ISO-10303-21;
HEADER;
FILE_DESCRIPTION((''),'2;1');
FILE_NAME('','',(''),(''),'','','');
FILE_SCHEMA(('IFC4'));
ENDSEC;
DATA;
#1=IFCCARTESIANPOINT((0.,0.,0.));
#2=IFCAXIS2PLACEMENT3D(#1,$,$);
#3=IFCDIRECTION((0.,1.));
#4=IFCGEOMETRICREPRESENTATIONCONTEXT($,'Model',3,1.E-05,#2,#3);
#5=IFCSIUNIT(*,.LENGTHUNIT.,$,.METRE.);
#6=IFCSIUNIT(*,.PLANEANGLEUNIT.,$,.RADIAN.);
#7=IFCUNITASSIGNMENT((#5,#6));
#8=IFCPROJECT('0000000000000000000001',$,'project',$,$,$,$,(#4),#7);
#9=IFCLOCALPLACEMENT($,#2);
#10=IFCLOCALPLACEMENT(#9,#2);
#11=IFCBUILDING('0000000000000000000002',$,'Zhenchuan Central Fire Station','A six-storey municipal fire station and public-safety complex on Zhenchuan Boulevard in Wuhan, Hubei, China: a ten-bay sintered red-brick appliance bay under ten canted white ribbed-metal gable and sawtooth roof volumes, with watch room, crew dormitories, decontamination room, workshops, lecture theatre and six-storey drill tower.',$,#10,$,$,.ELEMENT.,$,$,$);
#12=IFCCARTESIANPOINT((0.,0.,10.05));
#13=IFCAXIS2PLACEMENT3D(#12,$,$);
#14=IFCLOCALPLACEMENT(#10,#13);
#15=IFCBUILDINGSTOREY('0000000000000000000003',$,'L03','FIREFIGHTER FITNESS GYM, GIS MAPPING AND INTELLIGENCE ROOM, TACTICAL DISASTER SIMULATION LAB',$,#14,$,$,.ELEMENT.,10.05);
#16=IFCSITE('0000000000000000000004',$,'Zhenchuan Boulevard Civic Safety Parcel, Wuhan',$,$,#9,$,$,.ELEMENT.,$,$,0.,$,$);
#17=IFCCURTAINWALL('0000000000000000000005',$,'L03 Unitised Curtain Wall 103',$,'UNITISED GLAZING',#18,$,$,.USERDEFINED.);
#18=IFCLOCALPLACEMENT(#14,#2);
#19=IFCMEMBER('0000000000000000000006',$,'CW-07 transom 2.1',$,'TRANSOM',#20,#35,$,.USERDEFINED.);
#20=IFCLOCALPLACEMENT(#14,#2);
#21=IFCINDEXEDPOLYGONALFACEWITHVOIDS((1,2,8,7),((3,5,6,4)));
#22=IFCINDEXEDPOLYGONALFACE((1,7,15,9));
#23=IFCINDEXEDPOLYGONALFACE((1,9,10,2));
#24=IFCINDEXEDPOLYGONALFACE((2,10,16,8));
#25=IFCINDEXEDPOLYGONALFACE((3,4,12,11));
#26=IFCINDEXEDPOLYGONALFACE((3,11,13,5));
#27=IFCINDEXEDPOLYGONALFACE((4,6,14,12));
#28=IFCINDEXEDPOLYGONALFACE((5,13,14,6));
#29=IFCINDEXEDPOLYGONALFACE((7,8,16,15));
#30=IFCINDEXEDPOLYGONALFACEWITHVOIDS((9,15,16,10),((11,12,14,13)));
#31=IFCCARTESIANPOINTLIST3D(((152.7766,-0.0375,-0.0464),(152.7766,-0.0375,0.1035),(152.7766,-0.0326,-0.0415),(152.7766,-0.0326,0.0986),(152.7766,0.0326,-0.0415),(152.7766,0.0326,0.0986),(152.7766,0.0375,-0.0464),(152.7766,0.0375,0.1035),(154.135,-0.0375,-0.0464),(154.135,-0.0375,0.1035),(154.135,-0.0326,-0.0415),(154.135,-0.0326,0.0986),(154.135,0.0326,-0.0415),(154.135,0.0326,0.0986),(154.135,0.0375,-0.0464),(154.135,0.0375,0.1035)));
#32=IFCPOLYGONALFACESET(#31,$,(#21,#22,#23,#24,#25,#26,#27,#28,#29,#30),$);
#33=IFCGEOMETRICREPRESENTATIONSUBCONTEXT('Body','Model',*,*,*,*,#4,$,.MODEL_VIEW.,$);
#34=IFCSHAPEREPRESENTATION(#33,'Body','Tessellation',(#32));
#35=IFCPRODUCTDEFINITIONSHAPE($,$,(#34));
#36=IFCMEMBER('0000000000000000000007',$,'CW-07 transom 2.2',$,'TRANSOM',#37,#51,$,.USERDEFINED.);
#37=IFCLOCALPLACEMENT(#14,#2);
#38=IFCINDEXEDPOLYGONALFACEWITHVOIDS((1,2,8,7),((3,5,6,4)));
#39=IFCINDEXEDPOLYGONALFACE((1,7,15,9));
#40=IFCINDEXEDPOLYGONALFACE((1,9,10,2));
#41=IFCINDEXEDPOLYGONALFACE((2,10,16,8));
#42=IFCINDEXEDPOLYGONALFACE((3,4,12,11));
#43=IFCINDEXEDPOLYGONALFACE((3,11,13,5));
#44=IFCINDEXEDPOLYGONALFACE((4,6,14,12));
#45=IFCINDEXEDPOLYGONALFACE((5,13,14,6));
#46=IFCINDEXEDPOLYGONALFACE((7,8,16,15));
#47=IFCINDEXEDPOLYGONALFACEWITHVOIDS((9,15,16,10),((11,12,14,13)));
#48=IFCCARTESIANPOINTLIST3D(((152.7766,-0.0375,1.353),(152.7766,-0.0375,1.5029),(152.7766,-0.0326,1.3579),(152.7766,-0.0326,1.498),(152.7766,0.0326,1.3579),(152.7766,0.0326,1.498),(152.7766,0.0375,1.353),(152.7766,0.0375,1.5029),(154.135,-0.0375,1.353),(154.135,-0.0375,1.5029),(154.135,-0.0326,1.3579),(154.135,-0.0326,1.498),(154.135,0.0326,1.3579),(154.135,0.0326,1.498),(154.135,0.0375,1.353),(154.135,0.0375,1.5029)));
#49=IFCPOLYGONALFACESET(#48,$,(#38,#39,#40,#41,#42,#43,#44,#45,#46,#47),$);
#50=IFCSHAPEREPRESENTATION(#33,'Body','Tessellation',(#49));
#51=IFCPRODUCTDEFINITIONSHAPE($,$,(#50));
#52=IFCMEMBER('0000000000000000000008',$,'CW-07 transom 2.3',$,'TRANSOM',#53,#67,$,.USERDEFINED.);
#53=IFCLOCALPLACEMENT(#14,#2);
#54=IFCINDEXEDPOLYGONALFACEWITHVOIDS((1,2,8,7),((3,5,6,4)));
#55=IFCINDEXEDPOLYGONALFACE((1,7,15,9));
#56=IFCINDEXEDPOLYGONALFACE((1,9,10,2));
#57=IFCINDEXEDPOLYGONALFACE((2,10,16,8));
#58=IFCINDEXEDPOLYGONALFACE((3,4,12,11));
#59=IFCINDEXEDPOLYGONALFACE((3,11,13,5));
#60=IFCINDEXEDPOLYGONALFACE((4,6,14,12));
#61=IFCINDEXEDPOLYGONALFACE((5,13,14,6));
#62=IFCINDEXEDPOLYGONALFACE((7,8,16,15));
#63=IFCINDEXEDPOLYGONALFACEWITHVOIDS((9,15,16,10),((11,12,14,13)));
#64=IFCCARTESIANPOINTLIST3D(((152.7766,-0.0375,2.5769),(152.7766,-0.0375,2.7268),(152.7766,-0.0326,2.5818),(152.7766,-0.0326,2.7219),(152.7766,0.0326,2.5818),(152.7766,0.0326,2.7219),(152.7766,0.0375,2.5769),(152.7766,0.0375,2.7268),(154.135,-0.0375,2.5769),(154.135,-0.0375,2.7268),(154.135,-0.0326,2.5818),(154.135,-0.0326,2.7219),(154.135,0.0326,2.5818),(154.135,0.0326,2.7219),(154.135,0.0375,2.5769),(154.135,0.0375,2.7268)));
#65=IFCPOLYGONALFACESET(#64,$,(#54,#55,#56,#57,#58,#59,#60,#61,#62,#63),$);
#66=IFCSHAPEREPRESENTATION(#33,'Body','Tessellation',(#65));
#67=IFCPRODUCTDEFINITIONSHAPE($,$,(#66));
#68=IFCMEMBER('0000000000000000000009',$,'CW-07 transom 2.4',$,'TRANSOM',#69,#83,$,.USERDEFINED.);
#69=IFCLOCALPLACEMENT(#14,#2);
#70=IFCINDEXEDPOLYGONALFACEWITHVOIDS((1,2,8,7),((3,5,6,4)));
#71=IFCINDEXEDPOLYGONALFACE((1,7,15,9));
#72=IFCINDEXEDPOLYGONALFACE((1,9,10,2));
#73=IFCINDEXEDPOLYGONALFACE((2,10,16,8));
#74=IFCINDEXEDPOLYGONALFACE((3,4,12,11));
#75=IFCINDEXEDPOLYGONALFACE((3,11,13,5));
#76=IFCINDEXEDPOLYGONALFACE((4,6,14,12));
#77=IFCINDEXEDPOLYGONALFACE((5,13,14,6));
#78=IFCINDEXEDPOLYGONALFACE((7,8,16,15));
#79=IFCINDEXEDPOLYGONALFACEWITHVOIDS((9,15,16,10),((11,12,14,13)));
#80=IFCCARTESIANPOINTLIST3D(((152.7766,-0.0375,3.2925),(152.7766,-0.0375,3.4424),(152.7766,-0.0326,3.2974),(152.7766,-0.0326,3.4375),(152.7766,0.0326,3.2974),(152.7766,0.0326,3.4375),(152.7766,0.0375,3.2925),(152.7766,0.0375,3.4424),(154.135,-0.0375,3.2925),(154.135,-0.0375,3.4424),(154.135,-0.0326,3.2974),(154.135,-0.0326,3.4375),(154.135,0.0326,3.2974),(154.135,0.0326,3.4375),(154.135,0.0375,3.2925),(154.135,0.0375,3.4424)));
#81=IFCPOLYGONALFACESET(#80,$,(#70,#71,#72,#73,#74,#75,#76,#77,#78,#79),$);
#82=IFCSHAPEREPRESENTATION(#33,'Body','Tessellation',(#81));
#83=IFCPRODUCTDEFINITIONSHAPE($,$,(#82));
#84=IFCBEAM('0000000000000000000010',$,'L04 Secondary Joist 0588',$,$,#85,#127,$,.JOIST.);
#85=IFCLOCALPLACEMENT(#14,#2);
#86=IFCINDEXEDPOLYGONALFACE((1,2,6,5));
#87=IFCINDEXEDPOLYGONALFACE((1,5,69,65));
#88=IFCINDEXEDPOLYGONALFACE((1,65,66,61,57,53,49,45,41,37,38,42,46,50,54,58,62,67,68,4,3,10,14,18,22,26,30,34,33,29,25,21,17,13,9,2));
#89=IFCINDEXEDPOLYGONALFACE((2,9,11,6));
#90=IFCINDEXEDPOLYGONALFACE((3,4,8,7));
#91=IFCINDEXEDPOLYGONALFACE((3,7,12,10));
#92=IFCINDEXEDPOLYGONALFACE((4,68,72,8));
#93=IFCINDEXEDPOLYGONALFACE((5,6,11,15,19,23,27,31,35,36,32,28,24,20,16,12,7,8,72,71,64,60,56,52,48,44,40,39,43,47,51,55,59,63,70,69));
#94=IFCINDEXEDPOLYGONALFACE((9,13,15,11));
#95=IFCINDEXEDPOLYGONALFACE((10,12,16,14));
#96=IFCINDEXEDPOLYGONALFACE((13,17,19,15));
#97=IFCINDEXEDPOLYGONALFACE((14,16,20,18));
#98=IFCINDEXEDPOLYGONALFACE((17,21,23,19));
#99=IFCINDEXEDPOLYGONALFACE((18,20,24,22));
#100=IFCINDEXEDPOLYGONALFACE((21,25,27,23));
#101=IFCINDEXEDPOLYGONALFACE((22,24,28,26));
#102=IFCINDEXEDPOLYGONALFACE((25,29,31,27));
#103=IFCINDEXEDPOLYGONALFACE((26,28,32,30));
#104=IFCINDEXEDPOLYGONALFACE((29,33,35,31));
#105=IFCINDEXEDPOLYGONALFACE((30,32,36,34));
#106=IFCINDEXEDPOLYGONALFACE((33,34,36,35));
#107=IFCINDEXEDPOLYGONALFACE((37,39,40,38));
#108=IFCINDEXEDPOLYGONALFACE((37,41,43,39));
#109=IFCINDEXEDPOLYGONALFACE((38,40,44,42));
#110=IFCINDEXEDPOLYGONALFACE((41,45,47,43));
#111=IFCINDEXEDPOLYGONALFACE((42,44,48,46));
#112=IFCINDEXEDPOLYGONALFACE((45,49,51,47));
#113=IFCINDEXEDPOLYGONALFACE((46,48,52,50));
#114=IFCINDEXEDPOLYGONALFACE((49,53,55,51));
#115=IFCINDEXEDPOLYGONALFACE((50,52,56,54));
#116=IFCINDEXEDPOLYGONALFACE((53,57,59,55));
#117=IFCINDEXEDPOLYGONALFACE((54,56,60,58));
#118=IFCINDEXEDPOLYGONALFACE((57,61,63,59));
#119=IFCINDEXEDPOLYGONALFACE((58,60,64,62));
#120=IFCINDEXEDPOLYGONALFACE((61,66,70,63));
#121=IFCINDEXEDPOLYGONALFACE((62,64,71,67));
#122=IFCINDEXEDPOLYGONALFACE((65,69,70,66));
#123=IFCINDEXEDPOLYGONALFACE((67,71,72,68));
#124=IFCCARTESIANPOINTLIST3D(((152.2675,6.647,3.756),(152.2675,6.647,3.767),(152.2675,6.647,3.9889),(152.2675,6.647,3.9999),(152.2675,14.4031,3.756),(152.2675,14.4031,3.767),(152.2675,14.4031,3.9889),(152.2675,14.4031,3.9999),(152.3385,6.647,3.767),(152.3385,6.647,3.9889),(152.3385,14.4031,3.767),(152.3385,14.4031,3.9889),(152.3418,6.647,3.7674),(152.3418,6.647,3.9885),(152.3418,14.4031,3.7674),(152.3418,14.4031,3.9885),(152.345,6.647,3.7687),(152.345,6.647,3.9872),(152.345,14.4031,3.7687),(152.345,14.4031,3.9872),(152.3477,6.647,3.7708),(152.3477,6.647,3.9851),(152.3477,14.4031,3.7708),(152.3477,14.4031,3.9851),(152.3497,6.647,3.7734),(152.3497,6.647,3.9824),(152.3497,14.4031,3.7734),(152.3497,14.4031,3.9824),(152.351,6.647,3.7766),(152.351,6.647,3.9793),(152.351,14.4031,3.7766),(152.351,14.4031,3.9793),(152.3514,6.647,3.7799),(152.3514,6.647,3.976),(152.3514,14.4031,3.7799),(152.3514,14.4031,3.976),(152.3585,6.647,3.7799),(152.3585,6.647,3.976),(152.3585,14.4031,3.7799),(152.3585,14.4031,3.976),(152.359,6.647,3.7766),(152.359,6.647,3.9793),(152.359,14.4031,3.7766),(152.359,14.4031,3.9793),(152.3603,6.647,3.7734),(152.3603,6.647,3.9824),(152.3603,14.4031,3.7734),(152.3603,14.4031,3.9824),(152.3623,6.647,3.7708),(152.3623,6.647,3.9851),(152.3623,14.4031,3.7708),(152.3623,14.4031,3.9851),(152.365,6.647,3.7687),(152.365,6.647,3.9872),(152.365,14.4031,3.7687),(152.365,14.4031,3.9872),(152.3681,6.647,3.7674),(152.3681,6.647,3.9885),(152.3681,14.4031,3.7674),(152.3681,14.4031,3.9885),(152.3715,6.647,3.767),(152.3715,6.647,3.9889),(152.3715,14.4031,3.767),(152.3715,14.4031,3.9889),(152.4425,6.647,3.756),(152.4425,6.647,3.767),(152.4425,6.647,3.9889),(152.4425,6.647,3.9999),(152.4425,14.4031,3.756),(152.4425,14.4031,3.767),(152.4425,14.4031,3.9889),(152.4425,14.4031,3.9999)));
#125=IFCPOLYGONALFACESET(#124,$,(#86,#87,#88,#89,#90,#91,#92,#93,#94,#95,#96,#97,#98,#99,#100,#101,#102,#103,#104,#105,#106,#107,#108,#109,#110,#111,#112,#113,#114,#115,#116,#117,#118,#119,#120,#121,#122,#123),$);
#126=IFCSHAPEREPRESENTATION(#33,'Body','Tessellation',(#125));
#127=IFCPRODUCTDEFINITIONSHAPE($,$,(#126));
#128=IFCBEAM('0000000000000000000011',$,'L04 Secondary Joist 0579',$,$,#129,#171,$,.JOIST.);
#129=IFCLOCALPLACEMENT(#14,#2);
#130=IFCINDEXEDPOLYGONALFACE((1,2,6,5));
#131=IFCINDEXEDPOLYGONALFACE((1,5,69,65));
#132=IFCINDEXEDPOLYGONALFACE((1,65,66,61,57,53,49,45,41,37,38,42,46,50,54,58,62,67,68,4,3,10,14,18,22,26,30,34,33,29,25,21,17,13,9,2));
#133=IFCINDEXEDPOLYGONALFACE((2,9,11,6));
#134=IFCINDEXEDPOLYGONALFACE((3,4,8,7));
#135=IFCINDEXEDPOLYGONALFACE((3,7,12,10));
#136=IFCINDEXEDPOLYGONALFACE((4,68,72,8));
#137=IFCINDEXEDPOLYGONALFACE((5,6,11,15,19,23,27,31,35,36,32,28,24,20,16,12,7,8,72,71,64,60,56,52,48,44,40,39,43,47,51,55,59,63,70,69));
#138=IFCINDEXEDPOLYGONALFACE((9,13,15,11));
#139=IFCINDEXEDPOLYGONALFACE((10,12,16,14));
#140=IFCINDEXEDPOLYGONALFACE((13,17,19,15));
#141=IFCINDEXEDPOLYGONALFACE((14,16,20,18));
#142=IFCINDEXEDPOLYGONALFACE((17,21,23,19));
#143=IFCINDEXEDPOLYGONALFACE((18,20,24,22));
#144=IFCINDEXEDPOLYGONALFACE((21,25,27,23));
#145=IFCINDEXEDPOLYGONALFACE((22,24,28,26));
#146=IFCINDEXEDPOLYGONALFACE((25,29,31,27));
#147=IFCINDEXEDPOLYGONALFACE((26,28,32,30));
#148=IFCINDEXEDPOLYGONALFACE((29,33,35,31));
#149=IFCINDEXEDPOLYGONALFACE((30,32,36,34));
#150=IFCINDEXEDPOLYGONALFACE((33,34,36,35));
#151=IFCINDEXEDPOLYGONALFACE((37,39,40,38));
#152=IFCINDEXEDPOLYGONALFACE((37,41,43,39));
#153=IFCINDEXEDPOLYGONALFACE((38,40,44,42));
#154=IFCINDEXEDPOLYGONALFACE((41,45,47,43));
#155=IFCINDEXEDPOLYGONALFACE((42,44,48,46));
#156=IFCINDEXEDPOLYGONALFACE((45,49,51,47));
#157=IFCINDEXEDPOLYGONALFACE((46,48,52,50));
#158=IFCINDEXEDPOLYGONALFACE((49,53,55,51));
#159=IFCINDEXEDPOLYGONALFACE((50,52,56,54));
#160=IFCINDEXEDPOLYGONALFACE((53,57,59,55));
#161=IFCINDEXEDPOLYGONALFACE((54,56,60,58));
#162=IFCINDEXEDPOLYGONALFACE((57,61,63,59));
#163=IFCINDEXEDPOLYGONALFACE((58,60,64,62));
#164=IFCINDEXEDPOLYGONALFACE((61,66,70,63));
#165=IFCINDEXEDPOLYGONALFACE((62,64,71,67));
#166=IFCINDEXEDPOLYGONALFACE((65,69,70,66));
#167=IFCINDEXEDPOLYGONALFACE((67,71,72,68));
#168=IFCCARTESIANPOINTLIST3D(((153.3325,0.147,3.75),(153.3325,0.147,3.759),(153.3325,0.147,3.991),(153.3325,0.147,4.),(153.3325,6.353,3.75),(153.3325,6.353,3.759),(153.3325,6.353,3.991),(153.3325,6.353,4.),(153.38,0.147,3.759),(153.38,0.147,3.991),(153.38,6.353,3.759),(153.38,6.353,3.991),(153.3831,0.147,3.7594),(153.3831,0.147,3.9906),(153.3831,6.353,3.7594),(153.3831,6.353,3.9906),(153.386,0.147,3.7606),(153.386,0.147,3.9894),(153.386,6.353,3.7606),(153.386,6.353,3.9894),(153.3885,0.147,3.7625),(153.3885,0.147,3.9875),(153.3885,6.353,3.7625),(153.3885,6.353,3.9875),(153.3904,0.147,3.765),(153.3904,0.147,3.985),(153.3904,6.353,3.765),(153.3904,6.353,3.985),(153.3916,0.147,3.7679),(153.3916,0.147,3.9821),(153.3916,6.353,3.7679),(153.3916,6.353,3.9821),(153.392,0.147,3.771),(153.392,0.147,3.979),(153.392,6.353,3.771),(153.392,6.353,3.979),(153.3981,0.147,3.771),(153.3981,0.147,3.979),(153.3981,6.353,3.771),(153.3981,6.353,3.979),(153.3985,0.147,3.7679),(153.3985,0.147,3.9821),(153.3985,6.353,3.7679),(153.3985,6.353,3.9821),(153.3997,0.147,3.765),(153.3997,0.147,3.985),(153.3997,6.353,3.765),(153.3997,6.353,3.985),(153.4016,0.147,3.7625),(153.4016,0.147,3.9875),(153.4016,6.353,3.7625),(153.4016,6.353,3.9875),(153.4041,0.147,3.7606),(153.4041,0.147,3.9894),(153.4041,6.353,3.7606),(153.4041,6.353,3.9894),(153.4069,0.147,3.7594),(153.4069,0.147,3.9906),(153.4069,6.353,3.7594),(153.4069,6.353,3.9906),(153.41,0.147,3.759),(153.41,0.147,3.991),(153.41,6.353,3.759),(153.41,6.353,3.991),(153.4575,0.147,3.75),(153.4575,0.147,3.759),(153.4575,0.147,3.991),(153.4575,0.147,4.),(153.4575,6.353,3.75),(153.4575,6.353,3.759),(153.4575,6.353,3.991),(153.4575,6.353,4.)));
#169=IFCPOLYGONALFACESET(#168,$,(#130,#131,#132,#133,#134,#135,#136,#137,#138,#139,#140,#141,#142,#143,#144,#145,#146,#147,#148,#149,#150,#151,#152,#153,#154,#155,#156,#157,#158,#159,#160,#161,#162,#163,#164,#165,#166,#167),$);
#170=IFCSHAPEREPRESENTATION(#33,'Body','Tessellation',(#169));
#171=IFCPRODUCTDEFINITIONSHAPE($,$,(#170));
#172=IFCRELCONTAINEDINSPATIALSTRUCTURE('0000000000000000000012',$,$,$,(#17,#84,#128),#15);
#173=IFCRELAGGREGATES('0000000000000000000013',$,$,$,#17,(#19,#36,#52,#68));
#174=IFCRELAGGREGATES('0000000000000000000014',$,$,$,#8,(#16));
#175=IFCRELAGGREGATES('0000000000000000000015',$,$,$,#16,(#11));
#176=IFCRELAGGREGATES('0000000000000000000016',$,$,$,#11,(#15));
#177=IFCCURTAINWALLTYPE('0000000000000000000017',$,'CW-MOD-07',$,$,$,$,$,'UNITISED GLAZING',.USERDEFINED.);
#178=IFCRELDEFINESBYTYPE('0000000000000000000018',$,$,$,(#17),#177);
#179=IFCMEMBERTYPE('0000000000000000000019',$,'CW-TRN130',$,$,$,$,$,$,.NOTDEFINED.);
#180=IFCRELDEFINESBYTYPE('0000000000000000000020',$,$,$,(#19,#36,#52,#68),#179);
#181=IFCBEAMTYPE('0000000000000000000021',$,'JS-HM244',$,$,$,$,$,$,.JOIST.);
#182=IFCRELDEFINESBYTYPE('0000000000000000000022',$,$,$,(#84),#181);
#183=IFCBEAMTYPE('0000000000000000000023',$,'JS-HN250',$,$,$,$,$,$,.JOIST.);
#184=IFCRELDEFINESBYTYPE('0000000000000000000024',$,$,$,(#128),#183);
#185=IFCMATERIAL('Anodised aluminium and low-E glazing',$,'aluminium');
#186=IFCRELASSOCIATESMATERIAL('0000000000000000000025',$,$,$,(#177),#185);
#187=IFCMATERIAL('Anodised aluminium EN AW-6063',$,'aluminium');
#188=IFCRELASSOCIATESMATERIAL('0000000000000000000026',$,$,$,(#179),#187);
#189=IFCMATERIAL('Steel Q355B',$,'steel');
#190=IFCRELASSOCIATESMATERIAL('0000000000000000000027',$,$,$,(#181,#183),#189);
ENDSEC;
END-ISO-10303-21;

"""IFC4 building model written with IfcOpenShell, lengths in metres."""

from ifc_helpers import new_model, si_unit, direction, frame, origin, origin_2d, place, context, subcontext, project, spatial, hollow_rectangle, i_section, extrude, material, material_profile, profile_set, type_object, element, aggregate, save


model = new_model("IFC4")

# Units and contexts
model_context = context("Model", 3, precision=1e-05, world=origin(), true_north=direction((0.0, 1.0)))
body_context = subcontext(model_context, "Body", "Model", "MODEL_VIEW")
ifc_project = project(units=[si_unit("LENGTHUNIT", "METRE"), si_unit("PLANEANGLEUNIT", "RADIAN")], contexts=[model_context])

# Site, building, storey
site_placement = place(None, origin())
site = spatial("IfcSite", under=ifc_project, at=site_placement, Name="Zhenchuan Boulevard Civic Safety Parcel, Wuhan", CompositionType="ELEMENT", RefElevation=0.0)
building_placement = place(site_placement, origin())
building = spatial("IfcBuilding", under=site, at=building_placement, Name="Zhenchuan Central Fire Station", Description="A six-storey municipal fire station and public-safety complex on Zhenchuan Boulevard in Wuhan, Hubei, China: a ten-bay sintered red-brick appliance bay under ten canted white ribbed-metal gable and sawtooth roof volumes, with watch room, crew dormitories, decontamination room, workshops, lecture theatre and six-storey drill tower.", CompositionType="ELEMENT")
storey_placement = place(building_placement, frame((0.0, 0.0, 10.05)))
storey = spatial("IfcBuildingStorey", under=building, at=storey_placement, Name="L03", Description="FIREFIGHTER FITNESS GYM, GIS MAPPING AND INTELLIGENCE ROOM, TACTICAL DISASTER SIMULATION LAB", CompositionType="ELEMENT", Elevation=10.05)

# Shared definitions
ifc_material_1 = material(Name="Steel Q355B", Category="steel")

# Curtain wall
ifc_material_2 = material(Name="Anodised aluminium and low-E glazing", Category="aluminium")
curtain_wall_type_1 = type_object("IfcCurtainWallType", Name="CW-MOD-07", ElementType="UNITISED GLAZING", PredefinedType="USERDEFINED", material=ifc_material_2)
curtain_wall_1_placement = place(storey_placement, origin())
curtain_wall_1 = element("IfcCurtainWall", 1, at=curtain_wall_1_placement, inside=storey, type_object=curtain_wall_type_1, Name="L03 Unitised Curtain Wall 103", ObjectType="UNITISED GLAZING", PredefinedType="USERDEFINED")
ifc_material_3 = material(Name="Anodised aluminium EN AW-6063", Category="aluminium")

# Members
ifc_material_profile_1 = material_profile(ifc_material_3, hollow_rectangle(XDim=0.075, YDim=0.1499, WallThickness=0.0049, at=origin_2d()), Name="ALU-T 150x75")
ifc_profile_set_1 = profile_set([ifc_material_profile_1], Name="Anodised aluminium EN AW-6063")
member_type_1 = type_object("IfcMemberType", Name="CW-TRN130", PredefinedType="NOTDEFINED", material=ifc_profile_set_1)
member_1_placement = place(storey_placement, frame((152.7766, 0.0, 0.0286), z_axis=(1.0, 0.0, 0.0), x_axis=(0.0, 1.0, 0.0)))
member_1 = element("IfcMember", 2, at=member_1_placement, type_object=member_type_1, Name="CW-07 transom 2.1", ObjectType="TRANSOM", PredefinedType="USERDEFINED", context=body_context, shape_type="SweptSolid", body=[
    extrude(hollow_rectangle(XDim=0.075, YDim=0.1499, WallThickness=0.0049, at=origin_2d()), origin(), (0.0, 0.0, 1.0), 1.3584),
])
member_2_placement = place(storey_placement, frame((152.7766, 0.0, 1.428), z_axis=(1.0, 0.0, 0.0), x_axis=(0.0, 1.0, 0.0)))
member_2 = element("IfcMember", 3, at=member_2_placement, type_object=member_type_1, Name="CW-07 transom 2.2", ObjectType="TRANSOM", PredefinedType="USERDEFINED", context=body_context, shape_type="SweptSolid", body=[
    extrude(hollow_rectangle(XDim=0.075, YDim=0.1499, WallThickness=0.0049, at=origin_2d()), origin(), (0.0, 0.0, 1.0), 1.3584),
])
member_3_placement = place(storey_placement, frame((152.7766, 0.0, 2.6519), z_axis=(1.0, 0.0, 0.0), x_axis=(0.0, 1.0, 0.0)))
member_3 = element("IfcMember", 4, at=member_3_placement, type_object=member_type_1, Name="CW-07 transom 2.3", ObjectType="TRANSOM", PredefinedType="USERDEFINED", context=body_context, shape_type="SweptSolid", body=[
    extrude(hollow_rectangle(XDim=0.075, YDim=0.1499, WallThickness=0.0049, at=origin_2d()), origin(), (0.0, 0.0, 1.0), 1.3584),
])
member_4_placement = place(storey_placement, frame((152.7766, 0.0, 3.3674), z_axis=(1.0, 0.0, 0.0), x_axis=(0.0, 1.0, 0.0)))
member_4 = element("IfcMember", 5, at=member_4_placement, type_object=member_type_1, Name="CW-07 transom 2.4", ObjectType="TRANSOM", PredefinedType="USERDEFINED", context=body_context, shape_type="SweptSolid", body=[
    extrude(hollow_rectangle(XDim=0.075, YDim=0.1499, WallThickness=0.0049, at=origin_2d()), origin(), (0.0, 0.0, 1.0), 1.3584),
])

# Beams
ifc_material_profile_2 = material_profile(ifc_material_1, i_section(OverallWidth=0.175, OverallDepth=0.2439, WebThickness=0.0071, FlangeThickness=0.011, FilletRadius=0.0129, at=origin_2d()), Name="HM 244x175")
ifc_profile_set_2 = profile_set([ifc_material_profile_2], Name="Steel Q355B")
beam_type_1 = type_object("IfcBeamType", Name="JS-HM244", PredefinedType="JOIST", material=ifc_profile_set_2)
beam_1_placement = place(storey_placement, frame((152.355, 6.647, 3.8779), z_axis=(0.0, 1.0, 0.0), x_axis=(-1.0, 0.0, 0.0)))
element("IfcBeam", 6, at=beam_1_placement, inside=storey, type_object=beam_type_1, Name="L04 Secondary Joist 0588", PredefinedType="JOIST", context=body_context, shape_type="SweptSolid", body=[
    extrude(i_section(OverallWidth=0.175, OverallDepth=0.2439, WebThickness=0.0071, FlangeThickness=0.011, FilletRadius=0.0129, at=origin_2d()), origin(), (0.0, 0.0, 1.0), 7.7561),
])
ifc_material_profile_3 = material_profile(ifc_material_1, i_section(OverallWidth=0.125, OverallDepth=0.25, WebThickness=0.0061, FlangeThickness=0.009, FilletRadius=0.012, at=origin_2d()), Name="HN 250x125")
ifc_profile_set_3 = profile_set([ifc_material_profile_3], Name="Steel Q355B")
beam_type_2 = type_object("IfcBeamType", Name="JS-HN250", PredefinedType="JOIST", material=ifc_profile_set_3)
beam_2_placement = place(storey_placement, frame((153.395, 0.147, 3.875), z_axis=(0.0, 1.0, 0.0), x_axis=(-1.0, 0.0, 0.0)))
element("IfcBeam", 7, at=beam_2_placement, inside=storey, type_object=beam_type_2, Name="L04 Secondary Joist 0579", PredefinedType="JOIST", context=body_context, shape_type="SweptSolid", body=[
    extrude(i_section(OverallWidth=0.125, OverallDepth=0.25, WebThickness=0.0061, FlangeThickness=0.009, FilletRadius=0.012, at=origin_2d()), origin(), (0.0, 0.0, 1.0), 6.2061),
])

aggregate(curtain_wall_1, [member_1, member_2, member_3, member_4])

save(model, "model.ifc")
